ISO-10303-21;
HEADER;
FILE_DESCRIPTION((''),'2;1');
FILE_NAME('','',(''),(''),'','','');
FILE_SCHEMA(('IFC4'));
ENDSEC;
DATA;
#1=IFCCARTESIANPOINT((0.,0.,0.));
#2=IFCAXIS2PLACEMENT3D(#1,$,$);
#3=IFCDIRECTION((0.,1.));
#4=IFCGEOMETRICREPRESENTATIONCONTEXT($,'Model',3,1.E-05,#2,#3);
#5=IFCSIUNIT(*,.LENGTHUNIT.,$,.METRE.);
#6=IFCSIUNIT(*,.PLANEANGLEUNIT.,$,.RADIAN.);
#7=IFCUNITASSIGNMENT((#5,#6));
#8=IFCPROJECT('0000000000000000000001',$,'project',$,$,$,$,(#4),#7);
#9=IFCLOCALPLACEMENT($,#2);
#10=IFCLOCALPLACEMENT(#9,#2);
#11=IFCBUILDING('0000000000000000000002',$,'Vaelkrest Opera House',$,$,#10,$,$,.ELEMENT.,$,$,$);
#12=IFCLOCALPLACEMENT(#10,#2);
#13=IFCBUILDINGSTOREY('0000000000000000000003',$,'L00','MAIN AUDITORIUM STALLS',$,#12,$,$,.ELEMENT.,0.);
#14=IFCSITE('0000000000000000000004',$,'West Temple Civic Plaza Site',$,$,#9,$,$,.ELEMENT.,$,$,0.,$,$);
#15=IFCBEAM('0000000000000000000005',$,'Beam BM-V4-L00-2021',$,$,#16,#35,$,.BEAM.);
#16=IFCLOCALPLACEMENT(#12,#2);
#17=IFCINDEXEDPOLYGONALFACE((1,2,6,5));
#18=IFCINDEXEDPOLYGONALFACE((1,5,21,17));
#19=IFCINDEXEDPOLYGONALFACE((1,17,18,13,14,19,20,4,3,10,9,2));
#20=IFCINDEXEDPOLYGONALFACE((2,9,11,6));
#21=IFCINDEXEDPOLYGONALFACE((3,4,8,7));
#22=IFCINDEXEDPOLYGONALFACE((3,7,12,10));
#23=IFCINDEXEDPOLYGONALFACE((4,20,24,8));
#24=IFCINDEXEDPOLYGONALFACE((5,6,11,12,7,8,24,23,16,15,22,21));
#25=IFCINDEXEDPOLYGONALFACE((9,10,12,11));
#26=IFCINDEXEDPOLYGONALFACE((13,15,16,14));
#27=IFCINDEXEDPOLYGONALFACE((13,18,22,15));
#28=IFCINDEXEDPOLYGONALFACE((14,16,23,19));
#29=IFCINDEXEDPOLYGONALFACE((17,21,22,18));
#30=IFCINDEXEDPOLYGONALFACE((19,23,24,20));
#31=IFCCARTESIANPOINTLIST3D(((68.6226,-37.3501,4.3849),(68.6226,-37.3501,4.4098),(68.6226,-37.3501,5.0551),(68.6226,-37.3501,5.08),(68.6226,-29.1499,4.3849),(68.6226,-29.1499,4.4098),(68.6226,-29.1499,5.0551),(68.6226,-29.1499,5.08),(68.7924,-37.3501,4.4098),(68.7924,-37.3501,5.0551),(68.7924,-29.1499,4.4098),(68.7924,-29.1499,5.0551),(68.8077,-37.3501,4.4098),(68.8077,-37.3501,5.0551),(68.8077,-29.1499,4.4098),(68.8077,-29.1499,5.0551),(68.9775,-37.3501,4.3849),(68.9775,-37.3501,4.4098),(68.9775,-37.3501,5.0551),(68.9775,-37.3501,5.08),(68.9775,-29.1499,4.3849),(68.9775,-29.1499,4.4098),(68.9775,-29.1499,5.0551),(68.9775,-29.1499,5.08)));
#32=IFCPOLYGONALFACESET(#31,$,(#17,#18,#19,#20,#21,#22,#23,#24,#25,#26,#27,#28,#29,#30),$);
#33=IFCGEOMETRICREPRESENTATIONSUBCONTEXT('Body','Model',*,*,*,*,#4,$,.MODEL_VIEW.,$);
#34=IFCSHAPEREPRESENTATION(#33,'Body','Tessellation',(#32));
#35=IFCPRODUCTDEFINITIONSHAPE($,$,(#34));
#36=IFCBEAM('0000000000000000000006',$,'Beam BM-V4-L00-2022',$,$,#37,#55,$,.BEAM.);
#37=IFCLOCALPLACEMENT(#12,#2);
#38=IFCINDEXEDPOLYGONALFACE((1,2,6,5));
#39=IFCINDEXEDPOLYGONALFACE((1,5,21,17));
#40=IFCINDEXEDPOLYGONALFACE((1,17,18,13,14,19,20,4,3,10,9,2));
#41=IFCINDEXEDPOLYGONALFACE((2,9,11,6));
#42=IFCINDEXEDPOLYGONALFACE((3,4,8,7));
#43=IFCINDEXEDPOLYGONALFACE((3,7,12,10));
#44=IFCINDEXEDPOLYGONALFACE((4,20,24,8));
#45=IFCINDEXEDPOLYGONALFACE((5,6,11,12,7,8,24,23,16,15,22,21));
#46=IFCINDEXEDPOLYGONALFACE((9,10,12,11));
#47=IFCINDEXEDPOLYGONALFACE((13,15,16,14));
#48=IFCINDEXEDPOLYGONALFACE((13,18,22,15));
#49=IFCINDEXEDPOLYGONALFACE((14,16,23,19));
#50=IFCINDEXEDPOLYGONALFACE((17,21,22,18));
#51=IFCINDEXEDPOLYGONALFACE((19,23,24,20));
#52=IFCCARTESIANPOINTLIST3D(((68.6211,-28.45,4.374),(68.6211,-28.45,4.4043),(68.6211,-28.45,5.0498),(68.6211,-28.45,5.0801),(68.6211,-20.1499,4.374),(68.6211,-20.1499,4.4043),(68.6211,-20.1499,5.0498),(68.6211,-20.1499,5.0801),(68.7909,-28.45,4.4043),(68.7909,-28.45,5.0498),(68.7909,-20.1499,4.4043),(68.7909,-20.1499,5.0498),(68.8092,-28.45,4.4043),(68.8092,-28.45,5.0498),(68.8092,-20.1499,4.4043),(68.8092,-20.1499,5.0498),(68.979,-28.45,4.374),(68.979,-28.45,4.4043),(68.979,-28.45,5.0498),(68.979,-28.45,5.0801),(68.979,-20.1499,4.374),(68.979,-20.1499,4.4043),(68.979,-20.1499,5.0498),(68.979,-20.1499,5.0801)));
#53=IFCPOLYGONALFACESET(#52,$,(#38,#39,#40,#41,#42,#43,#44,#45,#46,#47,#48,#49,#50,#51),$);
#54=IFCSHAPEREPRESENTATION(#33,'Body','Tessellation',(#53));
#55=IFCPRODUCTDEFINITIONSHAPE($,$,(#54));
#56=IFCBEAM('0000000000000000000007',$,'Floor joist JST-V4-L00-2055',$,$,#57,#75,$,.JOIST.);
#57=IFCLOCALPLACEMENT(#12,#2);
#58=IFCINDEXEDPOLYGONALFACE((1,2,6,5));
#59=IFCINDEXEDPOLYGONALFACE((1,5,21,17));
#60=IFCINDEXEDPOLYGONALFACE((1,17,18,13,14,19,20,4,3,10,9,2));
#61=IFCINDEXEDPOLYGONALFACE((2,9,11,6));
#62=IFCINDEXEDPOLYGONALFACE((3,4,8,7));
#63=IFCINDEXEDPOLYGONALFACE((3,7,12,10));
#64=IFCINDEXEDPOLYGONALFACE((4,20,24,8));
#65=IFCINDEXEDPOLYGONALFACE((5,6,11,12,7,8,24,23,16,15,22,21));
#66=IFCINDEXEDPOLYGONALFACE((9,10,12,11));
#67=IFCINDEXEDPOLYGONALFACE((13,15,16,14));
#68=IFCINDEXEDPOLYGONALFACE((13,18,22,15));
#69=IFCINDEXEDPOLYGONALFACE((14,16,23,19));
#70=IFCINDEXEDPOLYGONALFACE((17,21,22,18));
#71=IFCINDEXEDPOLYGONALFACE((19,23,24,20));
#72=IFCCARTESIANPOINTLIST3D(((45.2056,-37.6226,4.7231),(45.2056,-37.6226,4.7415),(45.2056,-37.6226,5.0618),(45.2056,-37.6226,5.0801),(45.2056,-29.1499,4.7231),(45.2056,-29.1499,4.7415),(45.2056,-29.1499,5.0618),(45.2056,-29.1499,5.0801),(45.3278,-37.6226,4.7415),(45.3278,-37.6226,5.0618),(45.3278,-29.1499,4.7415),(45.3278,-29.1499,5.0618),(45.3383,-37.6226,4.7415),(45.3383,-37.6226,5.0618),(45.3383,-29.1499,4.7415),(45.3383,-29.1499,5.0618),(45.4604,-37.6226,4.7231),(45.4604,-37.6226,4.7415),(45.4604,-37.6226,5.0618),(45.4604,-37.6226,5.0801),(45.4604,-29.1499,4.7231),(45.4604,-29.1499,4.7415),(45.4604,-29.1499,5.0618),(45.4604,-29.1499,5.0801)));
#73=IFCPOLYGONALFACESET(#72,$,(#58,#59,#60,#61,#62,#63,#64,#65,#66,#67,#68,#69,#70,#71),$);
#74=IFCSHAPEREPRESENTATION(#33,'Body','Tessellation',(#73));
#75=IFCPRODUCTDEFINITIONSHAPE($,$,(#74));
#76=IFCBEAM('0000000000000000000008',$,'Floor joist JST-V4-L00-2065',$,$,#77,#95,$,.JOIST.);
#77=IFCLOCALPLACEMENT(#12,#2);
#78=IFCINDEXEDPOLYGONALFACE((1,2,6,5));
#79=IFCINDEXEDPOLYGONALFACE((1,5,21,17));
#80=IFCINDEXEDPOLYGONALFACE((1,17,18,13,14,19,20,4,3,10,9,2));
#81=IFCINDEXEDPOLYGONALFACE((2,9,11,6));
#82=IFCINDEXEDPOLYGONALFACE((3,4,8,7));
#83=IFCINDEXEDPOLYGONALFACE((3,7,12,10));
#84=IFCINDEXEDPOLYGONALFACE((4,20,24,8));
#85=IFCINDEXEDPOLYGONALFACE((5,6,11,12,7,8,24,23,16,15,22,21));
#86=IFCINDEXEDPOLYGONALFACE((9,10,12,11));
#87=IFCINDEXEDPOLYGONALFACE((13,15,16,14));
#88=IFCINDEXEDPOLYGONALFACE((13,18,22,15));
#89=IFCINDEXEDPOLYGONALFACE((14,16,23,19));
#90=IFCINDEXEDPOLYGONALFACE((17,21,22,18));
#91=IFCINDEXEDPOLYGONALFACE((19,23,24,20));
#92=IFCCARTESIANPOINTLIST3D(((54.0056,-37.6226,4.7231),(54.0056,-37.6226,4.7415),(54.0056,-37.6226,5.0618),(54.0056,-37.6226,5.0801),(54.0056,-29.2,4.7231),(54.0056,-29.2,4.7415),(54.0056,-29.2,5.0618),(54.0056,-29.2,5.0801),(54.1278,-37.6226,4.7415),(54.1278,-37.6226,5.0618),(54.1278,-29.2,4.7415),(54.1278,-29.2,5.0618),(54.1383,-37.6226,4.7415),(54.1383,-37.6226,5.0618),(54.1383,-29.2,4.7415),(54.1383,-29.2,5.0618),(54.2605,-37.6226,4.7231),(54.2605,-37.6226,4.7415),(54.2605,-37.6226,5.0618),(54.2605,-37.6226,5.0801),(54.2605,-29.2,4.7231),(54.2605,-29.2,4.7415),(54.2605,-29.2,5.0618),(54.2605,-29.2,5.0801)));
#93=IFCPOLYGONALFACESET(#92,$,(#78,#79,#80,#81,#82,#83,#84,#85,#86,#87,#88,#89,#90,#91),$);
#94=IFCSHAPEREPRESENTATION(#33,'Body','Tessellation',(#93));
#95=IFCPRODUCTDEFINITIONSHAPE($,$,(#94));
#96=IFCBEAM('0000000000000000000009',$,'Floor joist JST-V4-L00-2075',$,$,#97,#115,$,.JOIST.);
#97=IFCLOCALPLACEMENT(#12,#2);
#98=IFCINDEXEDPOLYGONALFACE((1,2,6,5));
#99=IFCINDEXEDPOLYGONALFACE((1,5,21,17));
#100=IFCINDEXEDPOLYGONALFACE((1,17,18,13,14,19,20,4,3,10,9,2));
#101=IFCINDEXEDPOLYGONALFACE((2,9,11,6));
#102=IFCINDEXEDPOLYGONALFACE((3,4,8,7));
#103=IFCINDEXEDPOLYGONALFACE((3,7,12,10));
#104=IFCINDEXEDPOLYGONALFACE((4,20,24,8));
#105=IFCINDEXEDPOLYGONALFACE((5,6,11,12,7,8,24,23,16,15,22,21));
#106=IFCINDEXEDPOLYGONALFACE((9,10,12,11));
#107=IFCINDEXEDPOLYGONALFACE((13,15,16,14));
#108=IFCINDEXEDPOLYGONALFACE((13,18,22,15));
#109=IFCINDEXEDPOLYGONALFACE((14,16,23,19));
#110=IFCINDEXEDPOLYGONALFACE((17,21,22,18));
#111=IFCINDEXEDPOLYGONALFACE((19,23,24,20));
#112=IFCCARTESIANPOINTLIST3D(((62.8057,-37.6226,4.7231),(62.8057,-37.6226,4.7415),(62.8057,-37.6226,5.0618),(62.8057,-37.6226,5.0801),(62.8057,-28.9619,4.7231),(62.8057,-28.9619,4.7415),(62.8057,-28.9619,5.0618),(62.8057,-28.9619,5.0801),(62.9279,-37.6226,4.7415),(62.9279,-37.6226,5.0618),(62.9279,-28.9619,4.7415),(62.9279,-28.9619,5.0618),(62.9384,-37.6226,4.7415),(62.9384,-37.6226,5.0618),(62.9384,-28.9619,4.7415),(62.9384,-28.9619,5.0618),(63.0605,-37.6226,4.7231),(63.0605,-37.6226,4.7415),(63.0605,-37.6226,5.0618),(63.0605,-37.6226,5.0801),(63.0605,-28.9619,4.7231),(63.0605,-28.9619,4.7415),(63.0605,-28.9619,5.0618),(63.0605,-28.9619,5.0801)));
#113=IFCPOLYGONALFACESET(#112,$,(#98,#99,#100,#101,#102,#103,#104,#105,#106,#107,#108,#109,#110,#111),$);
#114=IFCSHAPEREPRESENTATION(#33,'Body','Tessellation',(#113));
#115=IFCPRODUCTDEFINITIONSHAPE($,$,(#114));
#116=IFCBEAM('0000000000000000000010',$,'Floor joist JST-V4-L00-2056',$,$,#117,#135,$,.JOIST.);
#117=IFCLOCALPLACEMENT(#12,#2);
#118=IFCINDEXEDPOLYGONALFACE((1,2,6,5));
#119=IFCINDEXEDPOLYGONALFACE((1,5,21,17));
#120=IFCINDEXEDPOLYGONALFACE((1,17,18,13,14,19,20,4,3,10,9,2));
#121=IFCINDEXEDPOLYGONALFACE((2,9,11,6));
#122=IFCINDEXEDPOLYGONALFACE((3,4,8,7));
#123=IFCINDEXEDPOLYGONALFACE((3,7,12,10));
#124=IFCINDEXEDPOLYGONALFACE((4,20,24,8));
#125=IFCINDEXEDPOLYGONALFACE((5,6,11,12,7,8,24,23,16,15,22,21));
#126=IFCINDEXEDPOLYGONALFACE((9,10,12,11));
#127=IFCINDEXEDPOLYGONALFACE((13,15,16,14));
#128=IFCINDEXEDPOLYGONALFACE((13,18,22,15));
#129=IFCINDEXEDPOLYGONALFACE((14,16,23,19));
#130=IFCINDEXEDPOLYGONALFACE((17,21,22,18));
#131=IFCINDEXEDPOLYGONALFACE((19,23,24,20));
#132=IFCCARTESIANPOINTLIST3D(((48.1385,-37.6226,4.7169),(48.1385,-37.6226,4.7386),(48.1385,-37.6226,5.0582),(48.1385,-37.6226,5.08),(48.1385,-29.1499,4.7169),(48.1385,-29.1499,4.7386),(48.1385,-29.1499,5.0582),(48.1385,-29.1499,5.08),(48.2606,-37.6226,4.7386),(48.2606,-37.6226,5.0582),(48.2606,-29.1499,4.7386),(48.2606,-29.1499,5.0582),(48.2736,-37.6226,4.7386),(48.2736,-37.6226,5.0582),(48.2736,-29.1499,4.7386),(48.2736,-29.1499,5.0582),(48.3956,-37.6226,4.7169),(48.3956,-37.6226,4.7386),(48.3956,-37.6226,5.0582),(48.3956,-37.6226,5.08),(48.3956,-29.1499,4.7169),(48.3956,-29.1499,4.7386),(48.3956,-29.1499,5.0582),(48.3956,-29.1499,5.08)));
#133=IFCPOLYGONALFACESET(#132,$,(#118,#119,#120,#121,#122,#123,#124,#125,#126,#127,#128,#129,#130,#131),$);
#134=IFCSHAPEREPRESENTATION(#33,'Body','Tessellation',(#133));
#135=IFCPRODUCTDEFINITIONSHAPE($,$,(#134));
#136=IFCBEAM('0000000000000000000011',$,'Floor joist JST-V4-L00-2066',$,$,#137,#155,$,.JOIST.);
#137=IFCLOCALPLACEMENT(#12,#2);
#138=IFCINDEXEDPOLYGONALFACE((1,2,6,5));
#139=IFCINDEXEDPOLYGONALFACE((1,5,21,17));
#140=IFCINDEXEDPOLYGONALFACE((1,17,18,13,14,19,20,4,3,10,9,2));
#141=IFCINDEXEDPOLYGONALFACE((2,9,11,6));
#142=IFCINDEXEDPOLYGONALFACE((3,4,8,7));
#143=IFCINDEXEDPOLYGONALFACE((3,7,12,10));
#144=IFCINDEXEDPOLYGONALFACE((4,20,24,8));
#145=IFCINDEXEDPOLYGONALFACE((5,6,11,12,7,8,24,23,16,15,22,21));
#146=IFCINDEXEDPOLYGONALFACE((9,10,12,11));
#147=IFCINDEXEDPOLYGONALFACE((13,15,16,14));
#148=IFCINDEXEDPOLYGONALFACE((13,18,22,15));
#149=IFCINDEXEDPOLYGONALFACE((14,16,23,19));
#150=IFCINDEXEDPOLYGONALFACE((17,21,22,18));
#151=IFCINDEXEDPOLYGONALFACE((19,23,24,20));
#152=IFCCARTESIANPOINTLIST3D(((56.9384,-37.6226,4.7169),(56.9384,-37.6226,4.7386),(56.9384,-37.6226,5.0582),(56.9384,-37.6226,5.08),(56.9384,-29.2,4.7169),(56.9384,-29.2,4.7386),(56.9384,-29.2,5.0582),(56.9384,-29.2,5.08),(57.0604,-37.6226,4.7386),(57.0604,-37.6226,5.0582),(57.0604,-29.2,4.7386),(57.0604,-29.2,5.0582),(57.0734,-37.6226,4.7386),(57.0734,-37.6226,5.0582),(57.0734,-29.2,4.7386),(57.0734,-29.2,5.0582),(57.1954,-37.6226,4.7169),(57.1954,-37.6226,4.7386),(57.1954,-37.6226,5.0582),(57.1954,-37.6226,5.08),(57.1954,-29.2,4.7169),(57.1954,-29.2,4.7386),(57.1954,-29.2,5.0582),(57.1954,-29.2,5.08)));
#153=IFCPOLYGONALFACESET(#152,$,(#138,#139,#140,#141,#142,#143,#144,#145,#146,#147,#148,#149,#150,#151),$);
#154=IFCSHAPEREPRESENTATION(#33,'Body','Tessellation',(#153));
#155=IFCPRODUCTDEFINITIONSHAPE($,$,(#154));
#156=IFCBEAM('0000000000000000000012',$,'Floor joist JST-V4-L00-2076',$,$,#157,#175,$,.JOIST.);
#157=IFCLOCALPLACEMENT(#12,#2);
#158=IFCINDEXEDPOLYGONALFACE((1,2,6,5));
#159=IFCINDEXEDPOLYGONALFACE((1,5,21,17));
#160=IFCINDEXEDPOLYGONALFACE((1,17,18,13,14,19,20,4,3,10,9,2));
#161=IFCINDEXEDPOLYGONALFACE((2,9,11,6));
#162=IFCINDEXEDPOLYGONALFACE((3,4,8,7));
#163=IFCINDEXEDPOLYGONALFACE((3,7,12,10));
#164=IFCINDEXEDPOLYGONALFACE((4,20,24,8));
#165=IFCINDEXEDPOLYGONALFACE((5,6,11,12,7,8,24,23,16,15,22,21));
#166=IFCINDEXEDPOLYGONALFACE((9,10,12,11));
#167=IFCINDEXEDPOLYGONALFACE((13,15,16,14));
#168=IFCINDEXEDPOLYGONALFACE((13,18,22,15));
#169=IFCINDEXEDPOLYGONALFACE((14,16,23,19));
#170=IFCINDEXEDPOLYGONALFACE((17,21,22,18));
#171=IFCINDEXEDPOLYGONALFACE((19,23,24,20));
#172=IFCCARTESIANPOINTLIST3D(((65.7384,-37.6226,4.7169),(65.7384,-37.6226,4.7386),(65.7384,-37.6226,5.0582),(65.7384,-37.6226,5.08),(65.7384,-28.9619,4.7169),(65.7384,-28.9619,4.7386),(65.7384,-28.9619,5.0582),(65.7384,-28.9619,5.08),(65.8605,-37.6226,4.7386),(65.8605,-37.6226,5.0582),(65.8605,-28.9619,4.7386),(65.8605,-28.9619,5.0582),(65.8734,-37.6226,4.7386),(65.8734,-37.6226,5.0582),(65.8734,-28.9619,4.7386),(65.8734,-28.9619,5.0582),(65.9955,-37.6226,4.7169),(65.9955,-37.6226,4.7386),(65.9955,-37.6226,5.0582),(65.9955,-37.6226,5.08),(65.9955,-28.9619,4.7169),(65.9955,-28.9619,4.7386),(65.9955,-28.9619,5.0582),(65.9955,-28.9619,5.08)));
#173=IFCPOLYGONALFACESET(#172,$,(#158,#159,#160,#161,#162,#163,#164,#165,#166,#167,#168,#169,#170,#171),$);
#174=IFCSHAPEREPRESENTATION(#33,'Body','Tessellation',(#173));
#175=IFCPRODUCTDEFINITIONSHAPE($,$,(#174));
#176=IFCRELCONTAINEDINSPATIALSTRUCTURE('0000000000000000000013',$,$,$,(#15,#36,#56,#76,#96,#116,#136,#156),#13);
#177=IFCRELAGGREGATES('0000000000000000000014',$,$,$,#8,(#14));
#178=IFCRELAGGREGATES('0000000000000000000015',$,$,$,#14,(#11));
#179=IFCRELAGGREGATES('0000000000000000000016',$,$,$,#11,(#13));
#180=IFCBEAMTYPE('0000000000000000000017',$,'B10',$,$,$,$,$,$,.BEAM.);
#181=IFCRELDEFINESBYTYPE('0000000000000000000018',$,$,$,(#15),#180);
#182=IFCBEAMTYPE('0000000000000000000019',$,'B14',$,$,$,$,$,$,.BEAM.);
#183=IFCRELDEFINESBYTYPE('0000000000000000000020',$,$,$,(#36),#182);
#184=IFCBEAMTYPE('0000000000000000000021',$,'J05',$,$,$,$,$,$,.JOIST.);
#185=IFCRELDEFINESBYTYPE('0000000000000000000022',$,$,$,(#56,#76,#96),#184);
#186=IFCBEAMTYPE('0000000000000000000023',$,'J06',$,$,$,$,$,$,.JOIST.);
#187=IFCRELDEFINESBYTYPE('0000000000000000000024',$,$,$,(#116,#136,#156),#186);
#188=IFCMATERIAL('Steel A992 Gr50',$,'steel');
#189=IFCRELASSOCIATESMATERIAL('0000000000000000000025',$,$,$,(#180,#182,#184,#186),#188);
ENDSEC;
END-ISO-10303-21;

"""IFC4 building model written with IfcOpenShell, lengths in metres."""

from ifc_helpers import new_model, si_unit, direction, frame, origin, origin_2d, place, context, subcontext, project, spatial, i_section, extrude, material, material_profile, profile_set, type_object, element, save


model = new_model("IFC4")

# Units and contexts
model_context = context("Model", 3, precision=1e-05, world=origin(), true_north=direction((0.0, 1.0)))
body_context = subcontext(model_context, "Body", "Model", "MODEL_VIEW")
ifc_project = project(units=[si_unit("LENGTHUNIT", "METRE"), si_unit("PLANEANGLEUNIT", "RADIAN")], contexts=[model_context])

# Site, building, storey
site_placement = place(None, origin())
site = spatial("IfcSite", under=ifc_project, at=site_placement, Name="West Temple Civic Plaza Site", CompositionType="ELEMENT", RefElevation=0.0)
building_placement = place(site_placement, origin())
building = spatial("IfcBuilding", under=site, at=building_placement, Name="Vaelkrest Opera House", CompositionType="ELEMENT")
storey_placement = place(building_placement, origin())
storey = spatial("IfcBuildingStorey", under=building, at=storey_placement, Name="L00", Description="MAIN AUDITORIUM STALLS", CompositionType="ELEMENT", Elevation=0.0)

# Beams
ifc_material_1 = material(Name="Steel A992 Gr50", Category="steel")
ifc_material_profile_1 = material_profile(ifc_material_1, i_section(OverallWidth=0.355, OverallDepth=0.6951, WebThickness=0.0154, FlangeThickness=0.0249, at=origin_2d()), Name="W27X146")
ifc_profile_set_1 = profile_set([ifc_material_profile_1], Name="Steel A992 Gr50")
beam_type_1 = type_object("IfcBeamType", Name="B10", PredefinedType="BEAM", material=ifc_profile_set_1)
beam_1_placement = place(storey_placement, frame((68.8, -37.3501, 4.7324), z_axis=(0.0, 1.0, 0.0), x_axis=(-1.0, 0.0, 0.0)))
element("IfcBeam", 1, at=beam_1_placement, inside=storey, type_object=beam_type_1, Name="Beam BM-V4-L00-2021", PredefinedType="BEAM", context=body_context, shape_type="SweptSolid", body=[
    extrude(i_section(OverallWidth=0.355, OverallDepth=0.6951, WebThickness=0.0154, FlangeThickness=0.0249, at=origin_2d()), origin(), (0.0, 0.0, 1.0), 8.2002),
])
ifc_material_profile_2 = material_profile(ifc_material_1, i_section(OverallWidth=0.3579, OverallDepth=0.7061, WebThickness=0.0183, FlangeThickness=0.0303, at=origin_2d()), Name="W27X178")
ifc_profile_set_2 = profile_set([ifc_material_profile_2], Name="Steel A992 Gr50")
beam_type_2 = type_object("IfcBeamType", Name="B14", PredefinedType="BEAM", material=ifc_profile_set_2)
beam_2_placement = place(storey_placement, frame((68.8, -28.45, 4.7271), z_axis=(0.0, 1.0, 0.0), x_axis=(-1.0, 0.0, 0.0)))
element("IfcBeam", 2, at=beam_2_placement, inside=storey, type_object=beam_type_2, Name="Beam BM-V4-L00-2022", PredefinedType="BEAM", context=body_context, shape_type="SweptSolid", body=[
    extrude(i_section(OverallWidth=0.3579, OverallDepth=0.7061, WebThickness=0.0183, FlangeThickness=0.0303, at=origin_2d()), origin(), (0.0, 0.0, 1.0), 8.3),
])
ifc_material_profile_3 = material_profile(ifc_material_1, i_section(OverallWidth=0.2549, OverallDepth=0.3569, WebThickness=0.0105, FlangeThickness=0.0183, at=origin_2d()), Name="W14X68")
ifc_profile_set_3 = profile_set([ifc_material_profile_3], Name="Steel A992 Gr50")
beam_type_3 = type_object("IfcBeamType", Name="J05", PredefinedType="JOIST", material=ifc_profile_set_3)
beam_3_placement = place(storey_placement, frame((45.333, -37.6226, 4.9016), z_axis=(0.0, 1.0, 0.0), x_axis=(-1.0, 0.0, 0.0)))
element("IfcBeam", 3, at=beam_3_placement, inside=storey, type_object=beam_type_3, Name="Floor joist JST-V4-L00-2055", PredefinedType="JOIST", context=body_context, shape_type="SweptSolid", body=[
    extrude(i_section(OverallWidth=0.2549, OverallDepth=0.3569, WebThickness=0.0105, FlangeThickness=0.0183, at=origin_2d()), origin(), (0.0, 0.0, 1.0), 8.4727),
])
beam_4_placement = place(storey_placement, frame((54.1331, -37.6226, 4.9016), z_axis=(0.0, 1.0, 0.0), x_axis=(-1.0, 0.0, 0.0)))
element("IfcBeam", 4, at=beam_4_placement, inside=storey, type_object=beam_type_3, Name="Floor joist JST-V4-L00-2065", PredefinedType="JOIST", context=body_context, shape_type="SweptSolid", body=[
    extrude(i_section(OverallWidth=0.2549, OverallDepth=0.3569, WebThickness=0.0105, FlangeThickness=0.0183, at=origin_2d()), origin(), (0.0, 0.0, 1.0), 8.4226),
])
beam_5_placement = place(storey_placement, frame((62.9331, -37.6226, 4.9016), z_axis=(0.0, 1.0, 0.0), x_axis=(-1.0, 0.0, 0.0)))
element("IfcBeam", 5, at=beam_5_placement, inside=storey, type_object=beam_type_3, Name="Floor joist JST-V4-L00-2075", PredefinedType="JOIST", context=body_context, shape_type="SweptSolid", body=[
    extrude(i_section(OverallWidth=0.2549, OverallDepth=0.3569, WebThickness=0.0105, FlangeThickness=0.0183, at=origin_2d()), origin(), (0.0, 0.0, 1.0), 8.6606),
])
ifc_material_profile_4 = material_profile(ifc_material_1, i_section(OverallWidth=0.2571, OverallDepth=0.363, WebThickness=0.0129, FlangeThickness=0.0217, at=origin_2d()), Name="W14X82")
ifc_profile_set_4 = profile_set([ifc_material_profile_4], Name="Steel A992 Gr50")
beam_type_4 = type_object("IfcBeamType", Name="J06", PredefinedType="JOIST", material=ifc_profile_set_4)
beam_6_placement = place(storey_placement, frame((48.2671, -37.6226, 4.8984), z_axis=(0.0, 1.0, 0.0), x_axis=(-1.0, 0.0, 0.0)))
element("IfcBeam", 6, at=beam_6_placement, inside=storey, type_object=beam_type_4, Name="Floor joist JST-V4-L00-2056", PredefinedType="JOIST", context=body_context, shape_type="SweptSolid", body=[
    extrude(i_section(OverallWidth=0.2571, OverallDepth=0.363, WebThickness=0.0129, FlangeThickness=0.0217, at=origin_2d()), origin(), (0.0, 0.0, 1.0), 8.4727),
])
beam_7_placement = place(storey_placement, frame((57.0669, -37.6226, 4.8984), z_axis=(0.0, 1.0, 0.0), x_axis=(-1.0, 0.0, 0.0)))
element("IfcBeam", 7, at=beam_7_placement, inside=storey, type_object=beam_type_4, Name="Floor joist JST-V4-L00-2066", PredefinedType="JOIST", context=body_context, shape_type="SweptSolid", body=[
    extrude(i_section(OverallWidth=0.2571, OverallDepth=0.363, WebThickness=0.0129, FlangeThickness=0.0217, at=origin_2d()), origin(), (0.0, 0.0, 1.0), 8.4226),
])
beam_8_placement = place(storey_placement, frame((65.8669, -37.6226, 4.8984), z_axis=(0.0, 1.0, 0.0), x_axis=(-1.0, 0.0, 0.0)))
element("IfcBeam", 8, at=beam_8_placement, inside=storey, type_object=beam_type_4, Name="Floor joist JST-V4-L00-2076", PredefinedType="JOIST", context=body_context, shape_type="SweptSolid", body=[
    extrude(i_section(OverallWidth=0.2571, OverallDepth=0.363, WebThickness=0.0129, FlangeThickness=0.0217, at=origin_2d()), origin(), (0.0, 0.0, 1.0), 8.6606),
])

save(model, "model.ifc")
